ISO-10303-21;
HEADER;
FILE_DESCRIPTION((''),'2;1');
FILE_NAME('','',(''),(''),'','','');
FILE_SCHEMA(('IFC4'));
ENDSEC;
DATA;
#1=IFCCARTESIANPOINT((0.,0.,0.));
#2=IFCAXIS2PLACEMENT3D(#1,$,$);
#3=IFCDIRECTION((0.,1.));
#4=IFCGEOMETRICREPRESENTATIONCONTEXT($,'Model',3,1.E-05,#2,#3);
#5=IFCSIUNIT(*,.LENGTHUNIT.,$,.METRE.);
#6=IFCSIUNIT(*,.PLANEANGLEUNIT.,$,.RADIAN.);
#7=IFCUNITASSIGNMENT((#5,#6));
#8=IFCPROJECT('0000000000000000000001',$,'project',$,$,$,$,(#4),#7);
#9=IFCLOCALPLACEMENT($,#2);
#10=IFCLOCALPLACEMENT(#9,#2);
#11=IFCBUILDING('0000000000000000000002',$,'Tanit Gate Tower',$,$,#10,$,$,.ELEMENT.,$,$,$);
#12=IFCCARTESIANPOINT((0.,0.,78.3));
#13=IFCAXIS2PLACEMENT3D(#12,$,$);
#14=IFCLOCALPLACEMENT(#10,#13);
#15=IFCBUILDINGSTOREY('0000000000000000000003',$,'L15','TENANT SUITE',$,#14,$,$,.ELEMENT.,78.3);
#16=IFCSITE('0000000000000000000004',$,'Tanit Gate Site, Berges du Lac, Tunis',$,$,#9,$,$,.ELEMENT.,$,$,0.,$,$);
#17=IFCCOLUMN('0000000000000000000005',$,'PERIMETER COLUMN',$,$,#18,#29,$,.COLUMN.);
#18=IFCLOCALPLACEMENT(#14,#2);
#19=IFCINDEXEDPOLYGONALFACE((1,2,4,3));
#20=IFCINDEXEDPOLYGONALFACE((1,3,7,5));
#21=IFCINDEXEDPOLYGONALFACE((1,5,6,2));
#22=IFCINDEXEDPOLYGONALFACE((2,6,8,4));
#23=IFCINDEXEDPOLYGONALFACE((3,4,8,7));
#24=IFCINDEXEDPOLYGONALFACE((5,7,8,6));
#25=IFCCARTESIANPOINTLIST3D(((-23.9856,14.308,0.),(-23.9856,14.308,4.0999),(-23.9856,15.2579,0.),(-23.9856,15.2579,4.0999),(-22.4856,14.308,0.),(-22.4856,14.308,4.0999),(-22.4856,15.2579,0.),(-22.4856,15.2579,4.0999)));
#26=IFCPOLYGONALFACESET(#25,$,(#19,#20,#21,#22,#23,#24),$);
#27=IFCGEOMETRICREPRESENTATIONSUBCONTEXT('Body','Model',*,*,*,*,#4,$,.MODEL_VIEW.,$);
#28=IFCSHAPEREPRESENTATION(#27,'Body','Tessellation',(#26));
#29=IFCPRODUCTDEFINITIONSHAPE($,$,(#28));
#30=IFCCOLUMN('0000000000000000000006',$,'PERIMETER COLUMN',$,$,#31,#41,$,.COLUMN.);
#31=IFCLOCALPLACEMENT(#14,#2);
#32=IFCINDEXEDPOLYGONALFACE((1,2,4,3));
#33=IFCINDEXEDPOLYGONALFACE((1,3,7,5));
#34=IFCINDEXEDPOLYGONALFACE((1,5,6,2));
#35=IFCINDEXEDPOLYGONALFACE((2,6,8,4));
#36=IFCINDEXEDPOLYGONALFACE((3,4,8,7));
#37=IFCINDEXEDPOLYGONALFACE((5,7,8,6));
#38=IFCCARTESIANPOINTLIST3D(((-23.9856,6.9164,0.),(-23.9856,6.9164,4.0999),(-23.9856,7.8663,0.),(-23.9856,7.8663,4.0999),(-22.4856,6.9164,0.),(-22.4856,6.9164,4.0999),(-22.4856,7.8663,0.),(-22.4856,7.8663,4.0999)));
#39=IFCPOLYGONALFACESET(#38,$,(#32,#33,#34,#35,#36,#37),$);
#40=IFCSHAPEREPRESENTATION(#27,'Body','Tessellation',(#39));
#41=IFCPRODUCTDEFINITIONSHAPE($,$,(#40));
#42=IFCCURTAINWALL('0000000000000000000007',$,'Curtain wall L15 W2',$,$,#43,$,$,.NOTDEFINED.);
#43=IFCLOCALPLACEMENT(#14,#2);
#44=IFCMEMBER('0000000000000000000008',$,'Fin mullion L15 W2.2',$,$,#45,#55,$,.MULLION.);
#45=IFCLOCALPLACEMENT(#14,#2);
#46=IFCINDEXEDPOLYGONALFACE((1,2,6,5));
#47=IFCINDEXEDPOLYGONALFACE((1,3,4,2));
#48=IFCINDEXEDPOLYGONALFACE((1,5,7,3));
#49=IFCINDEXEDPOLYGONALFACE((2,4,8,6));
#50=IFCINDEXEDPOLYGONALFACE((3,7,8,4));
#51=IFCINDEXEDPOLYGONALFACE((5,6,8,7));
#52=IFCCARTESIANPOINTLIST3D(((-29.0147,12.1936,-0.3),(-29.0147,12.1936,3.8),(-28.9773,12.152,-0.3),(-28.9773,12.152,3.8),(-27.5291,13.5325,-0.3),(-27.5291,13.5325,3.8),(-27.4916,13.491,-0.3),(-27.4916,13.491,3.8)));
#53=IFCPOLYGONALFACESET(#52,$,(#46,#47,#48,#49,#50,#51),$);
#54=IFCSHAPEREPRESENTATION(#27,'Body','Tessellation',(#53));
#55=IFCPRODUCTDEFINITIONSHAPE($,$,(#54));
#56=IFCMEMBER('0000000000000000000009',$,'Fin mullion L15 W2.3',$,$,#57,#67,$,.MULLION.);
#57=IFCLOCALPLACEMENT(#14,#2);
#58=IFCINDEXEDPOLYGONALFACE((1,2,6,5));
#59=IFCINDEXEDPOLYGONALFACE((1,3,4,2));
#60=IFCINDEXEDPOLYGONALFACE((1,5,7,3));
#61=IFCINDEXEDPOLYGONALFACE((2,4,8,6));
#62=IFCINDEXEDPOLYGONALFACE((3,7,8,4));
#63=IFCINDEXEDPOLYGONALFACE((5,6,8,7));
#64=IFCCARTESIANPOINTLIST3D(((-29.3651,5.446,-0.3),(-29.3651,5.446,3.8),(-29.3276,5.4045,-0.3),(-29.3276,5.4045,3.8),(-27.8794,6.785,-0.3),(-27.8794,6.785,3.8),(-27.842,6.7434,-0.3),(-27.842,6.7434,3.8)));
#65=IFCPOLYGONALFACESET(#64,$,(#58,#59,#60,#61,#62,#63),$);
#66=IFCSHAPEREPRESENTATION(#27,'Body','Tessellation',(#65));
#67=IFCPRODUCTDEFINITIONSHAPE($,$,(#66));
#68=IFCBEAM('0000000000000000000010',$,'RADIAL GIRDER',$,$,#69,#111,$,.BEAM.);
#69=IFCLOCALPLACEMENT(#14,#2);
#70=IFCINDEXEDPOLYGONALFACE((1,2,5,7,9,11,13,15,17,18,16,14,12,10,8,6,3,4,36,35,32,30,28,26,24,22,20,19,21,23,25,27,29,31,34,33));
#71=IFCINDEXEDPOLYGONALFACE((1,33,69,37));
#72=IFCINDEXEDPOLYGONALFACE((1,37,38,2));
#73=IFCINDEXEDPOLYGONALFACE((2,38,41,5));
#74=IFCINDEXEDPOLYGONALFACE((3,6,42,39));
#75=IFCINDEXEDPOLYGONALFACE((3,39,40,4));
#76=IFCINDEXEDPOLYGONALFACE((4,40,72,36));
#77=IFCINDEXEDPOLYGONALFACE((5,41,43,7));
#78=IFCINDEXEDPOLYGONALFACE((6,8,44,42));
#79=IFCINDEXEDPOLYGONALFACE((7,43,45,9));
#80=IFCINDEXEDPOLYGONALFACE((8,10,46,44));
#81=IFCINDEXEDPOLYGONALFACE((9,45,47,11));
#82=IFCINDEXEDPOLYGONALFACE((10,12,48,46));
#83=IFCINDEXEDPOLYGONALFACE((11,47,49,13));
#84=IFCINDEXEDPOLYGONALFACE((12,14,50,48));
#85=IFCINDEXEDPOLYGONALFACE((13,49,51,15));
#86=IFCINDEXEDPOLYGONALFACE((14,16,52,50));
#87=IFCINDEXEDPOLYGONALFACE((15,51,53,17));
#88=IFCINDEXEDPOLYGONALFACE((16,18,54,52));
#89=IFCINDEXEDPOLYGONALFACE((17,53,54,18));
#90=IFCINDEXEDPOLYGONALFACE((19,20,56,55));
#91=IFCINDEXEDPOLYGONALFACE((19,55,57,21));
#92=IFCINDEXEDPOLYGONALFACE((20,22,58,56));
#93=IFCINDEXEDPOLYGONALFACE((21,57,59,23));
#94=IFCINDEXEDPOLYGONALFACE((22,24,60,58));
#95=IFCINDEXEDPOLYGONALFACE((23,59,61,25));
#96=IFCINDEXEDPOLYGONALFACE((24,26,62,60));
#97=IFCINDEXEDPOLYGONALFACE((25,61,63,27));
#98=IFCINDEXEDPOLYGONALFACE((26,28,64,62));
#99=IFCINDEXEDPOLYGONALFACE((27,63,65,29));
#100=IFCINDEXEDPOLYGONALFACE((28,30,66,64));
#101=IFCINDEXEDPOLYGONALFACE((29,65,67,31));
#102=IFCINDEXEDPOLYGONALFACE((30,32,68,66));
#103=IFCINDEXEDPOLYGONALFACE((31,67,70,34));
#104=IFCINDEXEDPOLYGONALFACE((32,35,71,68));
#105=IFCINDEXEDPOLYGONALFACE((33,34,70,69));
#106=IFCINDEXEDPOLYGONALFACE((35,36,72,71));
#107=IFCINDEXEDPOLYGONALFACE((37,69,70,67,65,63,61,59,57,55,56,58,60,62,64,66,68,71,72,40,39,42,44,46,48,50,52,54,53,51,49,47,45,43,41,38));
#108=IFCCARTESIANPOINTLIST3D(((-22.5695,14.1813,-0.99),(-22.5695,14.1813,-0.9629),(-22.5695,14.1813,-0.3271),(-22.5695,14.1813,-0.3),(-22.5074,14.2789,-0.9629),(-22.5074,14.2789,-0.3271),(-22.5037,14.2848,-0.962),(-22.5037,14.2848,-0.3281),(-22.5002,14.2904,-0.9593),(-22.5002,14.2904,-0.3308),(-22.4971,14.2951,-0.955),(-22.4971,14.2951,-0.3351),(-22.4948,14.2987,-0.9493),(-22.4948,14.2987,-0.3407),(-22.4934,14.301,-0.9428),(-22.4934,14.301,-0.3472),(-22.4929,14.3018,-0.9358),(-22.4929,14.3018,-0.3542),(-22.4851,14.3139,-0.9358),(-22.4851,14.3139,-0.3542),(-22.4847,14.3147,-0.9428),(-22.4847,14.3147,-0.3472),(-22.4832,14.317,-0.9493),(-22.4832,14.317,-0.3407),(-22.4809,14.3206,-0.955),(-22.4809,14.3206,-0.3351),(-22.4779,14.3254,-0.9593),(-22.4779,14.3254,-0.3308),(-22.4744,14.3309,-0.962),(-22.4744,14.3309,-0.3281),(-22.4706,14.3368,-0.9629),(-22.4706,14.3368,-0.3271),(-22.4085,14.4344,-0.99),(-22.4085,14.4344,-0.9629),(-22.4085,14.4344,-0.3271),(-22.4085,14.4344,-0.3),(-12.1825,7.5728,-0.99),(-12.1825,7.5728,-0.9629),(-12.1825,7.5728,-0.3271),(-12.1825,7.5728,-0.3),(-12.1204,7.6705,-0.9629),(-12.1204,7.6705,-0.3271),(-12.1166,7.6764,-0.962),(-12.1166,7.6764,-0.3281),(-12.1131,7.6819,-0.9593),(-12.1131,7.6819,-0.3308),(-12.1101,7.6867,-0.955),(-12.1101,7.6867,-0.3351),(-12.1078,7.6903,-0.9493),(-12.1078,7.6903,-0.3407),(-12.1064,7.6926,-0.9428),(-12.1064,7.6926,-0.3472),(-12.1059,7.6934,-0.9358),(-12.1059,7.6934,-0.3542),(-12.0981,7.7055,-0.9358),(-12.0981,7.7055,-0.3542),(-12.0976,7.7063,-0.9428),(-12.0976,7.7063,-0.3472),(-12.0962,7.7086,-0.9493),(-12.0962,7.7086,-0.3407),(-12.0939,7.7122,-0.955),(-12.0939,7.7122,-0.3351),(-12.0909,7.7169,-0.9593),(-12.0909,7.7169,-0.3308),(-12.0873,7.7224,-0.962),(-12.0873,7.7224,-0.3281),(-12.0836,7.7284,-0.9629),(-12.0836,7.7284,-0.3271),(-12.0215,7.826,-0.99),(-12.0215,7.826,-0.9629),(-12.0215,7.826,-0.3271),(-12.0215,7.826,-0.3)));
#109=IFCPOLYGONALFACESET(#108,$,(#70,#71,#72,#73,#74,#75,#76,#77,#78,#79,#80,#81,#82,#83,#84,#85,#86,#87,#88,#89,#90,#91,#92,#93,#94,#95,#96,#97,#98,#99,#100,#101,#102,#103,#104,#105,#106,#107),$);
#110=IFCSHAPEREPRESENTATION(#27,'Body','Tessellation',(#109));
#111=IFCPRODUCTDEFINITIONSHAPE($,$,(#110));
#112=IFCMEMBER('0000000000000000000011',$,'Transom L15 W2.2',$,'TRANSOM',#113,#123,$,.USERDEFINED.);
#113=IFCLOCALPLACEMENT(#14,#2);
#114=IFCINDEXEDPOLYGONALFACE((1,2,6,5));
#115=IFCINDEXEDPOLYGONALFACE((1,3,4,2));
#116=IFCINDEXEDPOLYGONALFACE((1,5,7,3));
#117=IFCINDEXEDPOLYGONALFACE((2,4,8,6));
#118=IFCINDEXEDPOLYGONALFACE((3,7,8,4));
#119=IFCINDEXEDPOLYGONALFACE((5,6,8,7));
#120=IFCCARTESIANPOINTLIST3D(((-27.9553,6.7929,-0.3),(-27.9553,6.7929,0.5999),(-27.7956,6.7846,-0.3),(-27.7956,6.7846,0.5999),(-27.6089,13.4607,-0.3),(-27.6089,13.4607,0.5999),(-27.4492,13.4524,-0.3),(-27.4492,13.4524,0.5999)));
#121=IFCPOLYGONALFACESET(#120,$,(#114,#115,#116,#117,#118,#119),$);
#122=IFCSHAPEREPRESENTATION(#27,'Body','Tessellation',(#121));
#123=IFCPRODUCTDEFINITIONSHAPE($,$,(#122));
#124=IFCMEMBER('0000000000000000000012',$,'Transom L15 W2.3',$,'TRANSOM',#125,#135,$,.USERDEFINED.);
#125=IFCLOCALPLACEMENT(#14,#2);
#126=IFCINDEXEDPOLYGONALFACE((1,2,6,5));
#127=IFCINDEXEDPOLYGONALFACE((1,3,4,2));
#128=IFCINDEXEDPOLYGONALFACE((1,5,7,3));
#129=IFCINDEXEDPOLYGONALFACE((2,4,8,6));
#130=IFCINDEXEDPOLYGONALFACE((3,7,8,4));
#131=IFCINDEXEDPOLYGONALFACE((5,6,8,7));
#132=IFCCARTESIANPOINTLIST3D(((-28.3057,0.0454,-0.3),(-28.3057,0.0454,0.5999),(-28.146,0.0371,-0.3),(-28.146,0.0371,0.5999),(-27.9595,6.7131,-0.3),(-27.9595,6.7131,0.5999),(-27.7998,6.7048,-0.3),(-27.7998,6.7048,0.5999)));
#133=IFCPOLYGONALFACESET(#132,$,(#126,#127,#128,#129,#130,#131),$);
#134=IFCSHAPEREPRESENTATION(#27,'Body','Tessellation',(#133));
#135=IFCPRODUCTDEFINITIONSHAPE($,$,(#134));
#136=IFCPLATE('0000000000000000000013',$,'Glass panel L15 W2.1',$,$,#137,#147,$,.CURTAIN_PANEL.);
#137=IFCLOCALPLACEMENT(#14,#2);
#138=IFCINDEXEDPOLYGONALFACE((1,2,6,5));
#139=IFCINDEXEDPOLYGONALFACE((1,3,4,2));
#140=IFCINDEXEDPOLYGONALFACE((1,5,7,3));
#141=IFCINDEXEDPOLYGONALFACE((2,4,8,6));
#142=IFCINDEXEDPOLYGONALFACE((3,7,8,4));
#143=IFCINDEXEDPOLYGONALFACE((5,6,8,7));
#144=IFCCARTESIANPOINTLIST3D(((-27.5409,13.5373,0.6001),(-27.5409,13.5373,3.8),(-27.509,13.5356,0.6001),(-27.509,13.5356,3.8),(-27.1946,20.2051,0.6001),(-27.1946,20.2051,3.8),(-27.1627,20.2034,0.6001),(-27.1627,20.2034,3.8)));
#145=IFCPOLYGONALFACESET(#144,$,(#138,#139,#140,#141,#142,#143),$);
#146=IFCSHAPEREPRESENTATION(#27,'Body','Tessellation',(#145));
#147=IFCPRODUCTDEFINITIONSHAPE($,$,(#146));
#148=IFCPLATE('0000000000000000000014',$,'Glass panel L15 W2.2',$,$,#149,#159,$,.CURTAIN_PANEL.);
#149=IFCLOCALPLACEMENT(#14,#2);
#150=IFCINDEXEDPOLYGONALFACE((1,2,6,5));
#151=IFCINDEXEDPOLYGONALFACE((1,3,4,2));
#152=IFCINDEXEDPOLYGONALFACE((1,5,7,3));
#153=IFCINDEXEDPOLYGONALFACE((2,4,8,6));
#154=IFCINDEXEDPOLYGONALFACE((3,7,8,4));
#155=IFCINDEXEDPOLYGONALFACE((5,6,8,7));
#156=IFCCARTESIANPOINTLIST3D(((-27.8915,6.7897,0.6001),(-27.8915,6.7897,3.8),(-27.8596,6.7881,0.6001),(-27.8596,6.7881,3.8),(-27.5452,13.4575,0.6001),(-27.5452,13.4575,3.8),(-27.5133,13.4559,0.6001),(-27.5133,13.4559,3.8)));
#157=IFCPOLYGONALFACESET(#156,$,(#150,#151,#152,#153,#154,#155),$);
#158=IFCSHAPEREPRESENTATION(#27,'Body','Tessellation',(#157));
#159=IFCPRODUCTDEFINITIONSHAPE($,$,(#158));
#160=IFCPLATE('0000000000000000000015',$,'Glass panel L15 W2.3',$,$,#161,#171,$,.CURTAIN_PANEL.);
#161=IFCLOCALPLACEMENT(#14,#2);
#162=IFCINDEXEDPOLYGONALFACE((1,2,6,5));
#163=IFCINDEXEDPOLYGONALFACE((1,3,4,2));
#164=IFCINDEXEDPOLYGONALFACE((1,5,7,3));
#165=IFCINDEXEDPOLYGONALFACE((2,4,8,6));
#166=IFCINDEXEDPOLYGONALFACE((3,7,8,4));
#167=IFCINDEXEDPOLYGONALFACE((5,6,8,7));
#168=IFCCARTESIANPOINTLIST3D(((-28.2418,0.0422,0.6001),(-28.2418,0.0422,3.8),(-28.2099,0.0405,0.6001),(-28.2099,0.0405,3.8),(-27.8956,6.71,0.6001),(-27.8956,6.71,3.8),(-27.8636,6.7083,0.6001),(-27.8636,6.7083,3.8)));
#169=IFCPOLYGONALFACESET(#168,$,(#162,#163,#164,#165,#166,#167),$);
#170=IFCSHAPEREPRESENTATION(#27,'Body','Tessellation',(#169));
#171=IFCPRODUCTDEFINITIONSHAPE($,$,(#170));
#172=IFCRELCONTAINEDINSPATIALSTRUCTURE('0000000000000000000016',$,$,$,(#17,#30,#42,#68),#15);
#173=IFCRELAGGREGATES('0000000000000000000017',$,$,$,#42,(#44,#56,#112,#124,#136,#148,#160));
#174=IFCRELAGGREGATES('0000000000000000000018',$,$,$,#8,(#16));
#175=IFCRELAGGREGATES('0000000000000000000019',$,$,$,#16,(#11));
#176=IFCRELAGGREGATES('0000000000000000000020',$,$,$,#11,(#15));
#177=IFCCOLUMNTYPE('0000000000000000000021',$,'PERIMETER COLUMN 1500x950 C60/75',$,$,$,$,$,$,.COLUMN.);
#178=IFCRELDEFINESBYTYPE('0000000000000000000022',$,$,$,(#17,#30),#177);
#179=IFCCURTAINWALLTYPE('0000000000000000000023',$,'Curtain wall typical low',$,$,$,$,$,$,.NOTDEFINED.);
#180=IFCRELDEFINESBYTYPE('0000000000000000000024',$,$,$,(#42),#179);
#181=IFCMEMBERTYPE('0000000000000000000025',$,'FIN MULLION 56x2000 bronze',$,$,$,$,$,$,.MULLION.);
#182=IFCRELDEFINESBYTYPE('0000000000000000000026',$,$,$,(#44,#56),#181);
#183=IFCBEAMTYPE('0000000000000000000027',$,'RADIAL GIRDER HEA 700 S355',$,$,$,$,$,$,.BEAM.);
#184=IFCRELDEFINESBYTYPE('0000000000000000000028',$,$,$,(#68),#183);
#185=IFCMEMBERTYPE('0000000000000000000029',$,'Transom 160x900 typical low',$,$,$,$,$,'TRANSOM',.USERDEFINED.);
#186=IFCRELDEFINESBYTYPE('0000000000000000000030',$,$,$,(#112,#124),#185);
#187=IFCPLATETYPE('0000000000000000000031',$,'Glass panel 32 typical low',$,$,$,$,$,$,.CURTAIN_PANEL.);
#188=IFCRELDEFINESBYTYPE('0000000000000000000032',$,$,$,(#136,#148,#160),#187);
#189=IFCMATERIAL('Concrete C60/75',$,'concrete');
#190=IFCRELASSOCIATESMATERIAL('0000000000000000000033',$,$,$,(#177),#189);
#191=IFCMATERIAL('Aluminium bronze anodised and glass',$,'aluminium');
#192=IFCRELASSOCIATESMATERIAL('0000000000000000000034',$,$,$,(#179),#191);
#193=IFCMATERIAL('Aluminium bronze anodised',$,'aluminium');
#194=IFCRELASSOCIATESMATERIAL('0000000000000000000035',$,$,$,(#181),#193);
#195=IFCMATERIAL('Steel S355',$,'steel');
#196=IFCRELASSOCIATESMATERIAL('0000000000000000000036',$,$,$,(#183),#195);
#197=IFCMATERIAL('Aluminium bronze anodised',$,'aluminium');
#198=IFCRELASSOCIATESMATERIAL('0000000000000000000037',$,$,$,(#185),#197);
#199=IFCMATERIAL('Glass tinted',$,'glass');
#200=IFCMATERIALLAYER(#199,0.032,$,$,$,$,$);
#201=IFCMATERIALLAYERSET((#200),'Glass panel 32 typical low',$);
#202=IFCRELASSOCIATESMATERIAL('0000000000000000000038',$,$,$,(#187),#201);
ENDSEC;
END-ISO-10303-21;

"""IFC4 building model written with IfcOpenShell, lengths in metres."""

from ifc_helpers import new_model, si_unit, direction, frame, origin, origin_2d, place, context, subcontext, project, spatial, rectangle, i_section, extrude, material, layer, layer_set, material_profile, profile_set, type_object, element, aggregate, save


model = new_model("IFC4")

# Units and contexts
model_context = context("Model", 3, precision=1e-05, world=origin(), true_north=direction((0.0, 1.0)))
body_context = subcontext(model_context, "Body", "Model", "MODEL_VIEW")
ifc_project = project(units=[si_unit("LENGTHUNIT", "METRE"), si_unit("PLANEANGLEUNIT", "RADIAN")], contexts=[model_context])

# Site, building, storey
site_placement = place(None, origin())
site = spatial("IfcSite", under=ifc_project, at=site_placement, Name="Tanit Gate Site, Berges du Lac, Tunis", CompositionType="ELEMENT", RefElevation=0.0)
building_placement = place(site_placement, origin())
building = spatial("IfcBuilding", under=site, at=building_placement, Name="Tanit Gate Tower", CompositionType="ELEMENT")
storey_placement = place(building_placement, frame((0.0, 0.0, 78.3)))
storey = spatial("IfcBuildingStorey", under=building, at=storey_placement, Name="L15", Description="TENANT SUITE", CompositionType="ELEMENT", Elevation=78.3)

# Columns
ifc_material_1 = material(Name="Concrete C60/75", Category="concrete")
ifc_material_profile_1 = material_profile(ifc_material_1, rectangle(XDim=1.5, YDim=0.95, at=origin_2d()), Name="RC 1500x950")
ifc_profile_set_1 = profile_set([ifc_material_profile_1], Name="Concrete C60/75")
column_type = type_object("IfcColumnType", Name="PERIMETER COLUMN 1500x950 C60/75", PredefinedType="COLUMN", material=ifc_profile_set_1)
for number, where, z_axis, x_axis, name in (
    (1, (-23.2356, 14.783, 0.0), (0.0, 0.0, 1.0), (-1.0, 0.0, 0.0), "PERIMETER COLUMN"),
    (2, (-23.2356, 7.3914, 0.0), (0.0, 0.0, 1.0), (-1.0, 0.0, 0.0), "PERIMETER COLUMN"),
):
    element("IfcColumn", number, at=place(storey_placement, frame(where, z_axis=z_axis, x_axis=x_axis)), inside=storey, type_object=column_type, Name=name, PredefinedType="COLUMN", context=body_context, shape_type="SweptSolid", body=[
        extrude(rectangle(XDim=1.5, YDim=0.95, at=origin_2d()), origin(), (0.0, 0.0, 1.0), 4.0999),
    ])

# Curtain wall, members
ifc_material_2 = material(Name="Aluminium bronze anodised and glass", Category="aluminium")
curtain_wall_type = type_object("IfcCurtainWallType", Name="Curtain wall typical low", PredefinedType="NOTDEFINED", material=ifc_material_2)
curtain_wall_placement = place(storey_placement, origin())
curtain_wall = element("IfcCurtainWall", 3, at=curtain_wall_placement, inside=storey, type_object=curtain_wall_type, Name="Curtain wall L15 W2", PredefinedType="NOTDEFINED")
ifc_material_3 = material(Name="Aluminium bronze anodised", Category="aluminium")
ifc_material_profile_2 = material_profile(ifc_material_3, rectangle(XDim=2.0, YDim=0.0559, at=origin_2d()), Name="56x2000 bronze fin mullion")
ifc_profile_set_2 = profile_set([ifc_material_profile_2], Name="Aluminium bronze anodised")
member_type_1 = type_object("IfcMemberType", Name="FIN MULLION 56x2000 bronze", PredefinedType="MULLION", material=ifc_profile_set_2)
member_1_placement = place(storey_placement, frame((-28.2532, 12.8423, -0.3), z_axis=(0.0, 0.0, 1.0), x_axis=(0.742829, 0.669481, 0.0)))
member_1 = element("IfcMember", 4, at=member_1_placement, type_object=member_type_1, Name="Fin mullion L15 W2.2", PredefinedType="MULLION", context=body_context, shape_type="SweptSolid", body=[
    extrude(rectangle(XDim=2.0, YDim=0.0559, at=origin_2d()), origin(), (0.0, 0.0, 1.0), 4.1001),
])
member_2_placement = place(storey_placement, frame((-28.6035, 6.0947, -0.3), z_axis=(0.0, 0.0, 1.0), x_axis=(0.742829, 0.669481, 0.0)))
member_2 = element("IfcMember", 5, at=member_2_placement, type_object=member_type_1, Name="Fin mullion L15 W2.3", PredefinedType="MULLION", context=body_context, shape_type="SweptSolid", body=[
    extrude(rectangle(XDim=2.0, YDim=0.0559, at=origin_2d()), origin(), (0.0, 0.0, 1.0), 4.1001),
])

# Beam
ifc_material_4 = material(Name="Steel S355", Category="steel")
ifc_material_profile_3 = material_profile(ifc_material_4, i_section(OverallWidth=0.3, OverallDepth=0.6899, WebThickness=0.0144, FlangeThickness=0.0271, FilletRadius=0.0271, at=origin_2d()), Name="HEA 700")
ifc_profile_set_3 = profile_set([ifc_material_profile_3], Name="Steel S355")
beam_type = type_object("IfcBeamType", Name="RADIAL GIRDER HEA 700 S355", PredefinedType="BEAM", material=ifc_profile_set_3)
beam_placement = place(storey_placement, frame((-22.489, 14.3079, -0.645), z_axis=(0.843716, -0.53679, 0.0), x_axis=(0.53679, 0.843716, 0.0)))
element("IfcBeam", 6, at=beam_placement, inside=storey, type_object=beam_type, Name="RADIAL GIRDER", PredefinedType="BEAM", context=body_context, shape_type="SweptSolid", body=[
    extrude(i_section(OverallWidth=0.3, OverallDepth=0.6899, WebThickness=0.0144, FlangeThickness=0.0271, FilletRadius=0.0271, at=origin_2d()), origin(), (0.0, 0.0, 1.0), 12.311),
])

# Members
ifc_material_5 = material(Name="Aluminium bronze anodised", Category="aluminium")
ifc_material_profile_4 = material_profile(ifc_material_5, rectangle(XDim=0.1599, YDim=0.8999, at=origin_2d()), Name="160x900 bronze transom")
ifc_profile_set_4 = profile_set([ifc_material_profile_4], Name="Aluminium bronze anodised")
member_type_2 = type_object("IfcMemberType", Name="Transom 160x900 typical low", ElementType="TRANSOM", PredefinedType="USERDEFINED", material=ifc_profile_set_4)
member_3_placement = place(storey_placement, frame((-27.5291, 13.4565, 0.1499), z_axis=(-0.051887, -0.998653, 0.0), x_axis=(0.998653, -0.051887, 0.0)))
member_3 = element("IfcMember", 7, at=member_3_placement, type_object=member_type_2, Name="Transom L15 W2.2", ObjectType="TRANSOM", PredefinedType="USERDEFINED", context=body_context, shape_type="SweptSolid", body=[
    extrude(rectangle(XDim=0.1599, YDim=0.8999, at=origin_2d()), origin(), (0.0, 0.0, 1.0), 6.6768),
])
member_4_placement = place(storey_placement, frame((-27.8796, 6.709, 0.1499), z_axis=(-0.051851, -0.998655, 0.0), x_axis=(0.998655, -0.051851, 0.0)))
member_4 = element("IfcMember", 8, at=member_4_placement, type_object=member_type_2, Name="Transom L15 W2.3", ObjectType="TRANSOM", PredefinedType="USERDEFINED", context=body_context, shape_type="SweptSolid", body=[
    extrude(rectangle(XDim=0.1599, YDim=0.8999, at=origin_2d()), origin(), (0.0, 0.0, 1.0), 6.6768),
])

# Plates
ifc_material_6 = material(Name="Glass tinted", Category="glass")
ifc_layer = layer(ifc_material_6, 0.032)
ifc_layer_set = layer_set([ifc_layer], Name="Glass panel 32 typical low")
plate_type = type_object("IfcPlateType", Name="Glass panel 32 typical low", PredefinedType="CURTAIN_PANEL", material=ifc_layer_set)
plate_1_placement = place(storey_placement, frame((-27.3518, 16.8704, 0.6001), z_axis=(0.0, 0.0, 1.0), x_axis=(-0.051865, -0.998654, 0.0)))
plate_1 = element("IfcPlate", 9, at=plate_1_placement, type_object=plate_type, Name="Glass panel L15 W2.1", PredefinedType="CURTAIN_PANEL", context=body_context, shape_type="SweptSolid", body=[
    extrude(rectangle(XDim=6.6768, YDim=0.032, at=origin_2d()), origin(), (0.0, 0.0, 1.0), 3.2),
])
plate_2_placement = place(storey_placement, frame((-27.7024, 10.1228, 0.6001), z_axis=(0.0, 0.0, 1.0), x_axis=(-0.051865, -0.998654, 0.0)))
plate_2 = element("IfcPlate", 10, at=plate_2_placement, type_object=plate_type, Name="Glass panel L15 W2.2", PredefinedType="CURTAIN_PANEL", context=body_context, shape_type="SweptSolid", body=[
    extrude(rectangle(XDim=6.6768, YDim=0.032, at=origin_2d()), origin(), (0.0, 0.0, 1.0), 3.2),
])
plate_3_placement = place(storey_placement, frame((-28.0527, 3.3752, 0.6001), z_axis=(0.0, 0.0, 1.0), x_axis=(-0.051865, -0.998654, 0.0)))
plate_3 = element("IfcPlate", 11, at=plate_3_placement, type_object=plate_type, Name="Glass panel L15 W2.3", PredefinedType="CURTAIN_PANEL", context=body_context, shape_type="SweptSolid", body=[
    extrude(rectangle(XDim=6.6768, YDim=0.032, at=origin_2d()), origin(), (0.0, 0.0, 1.0), 3.2),
])
aggregate(curtain_wall, [member_1, member_2, member_3, member_4, plate_1, plate_2, plate_3])

save(model, "model.ifc")
